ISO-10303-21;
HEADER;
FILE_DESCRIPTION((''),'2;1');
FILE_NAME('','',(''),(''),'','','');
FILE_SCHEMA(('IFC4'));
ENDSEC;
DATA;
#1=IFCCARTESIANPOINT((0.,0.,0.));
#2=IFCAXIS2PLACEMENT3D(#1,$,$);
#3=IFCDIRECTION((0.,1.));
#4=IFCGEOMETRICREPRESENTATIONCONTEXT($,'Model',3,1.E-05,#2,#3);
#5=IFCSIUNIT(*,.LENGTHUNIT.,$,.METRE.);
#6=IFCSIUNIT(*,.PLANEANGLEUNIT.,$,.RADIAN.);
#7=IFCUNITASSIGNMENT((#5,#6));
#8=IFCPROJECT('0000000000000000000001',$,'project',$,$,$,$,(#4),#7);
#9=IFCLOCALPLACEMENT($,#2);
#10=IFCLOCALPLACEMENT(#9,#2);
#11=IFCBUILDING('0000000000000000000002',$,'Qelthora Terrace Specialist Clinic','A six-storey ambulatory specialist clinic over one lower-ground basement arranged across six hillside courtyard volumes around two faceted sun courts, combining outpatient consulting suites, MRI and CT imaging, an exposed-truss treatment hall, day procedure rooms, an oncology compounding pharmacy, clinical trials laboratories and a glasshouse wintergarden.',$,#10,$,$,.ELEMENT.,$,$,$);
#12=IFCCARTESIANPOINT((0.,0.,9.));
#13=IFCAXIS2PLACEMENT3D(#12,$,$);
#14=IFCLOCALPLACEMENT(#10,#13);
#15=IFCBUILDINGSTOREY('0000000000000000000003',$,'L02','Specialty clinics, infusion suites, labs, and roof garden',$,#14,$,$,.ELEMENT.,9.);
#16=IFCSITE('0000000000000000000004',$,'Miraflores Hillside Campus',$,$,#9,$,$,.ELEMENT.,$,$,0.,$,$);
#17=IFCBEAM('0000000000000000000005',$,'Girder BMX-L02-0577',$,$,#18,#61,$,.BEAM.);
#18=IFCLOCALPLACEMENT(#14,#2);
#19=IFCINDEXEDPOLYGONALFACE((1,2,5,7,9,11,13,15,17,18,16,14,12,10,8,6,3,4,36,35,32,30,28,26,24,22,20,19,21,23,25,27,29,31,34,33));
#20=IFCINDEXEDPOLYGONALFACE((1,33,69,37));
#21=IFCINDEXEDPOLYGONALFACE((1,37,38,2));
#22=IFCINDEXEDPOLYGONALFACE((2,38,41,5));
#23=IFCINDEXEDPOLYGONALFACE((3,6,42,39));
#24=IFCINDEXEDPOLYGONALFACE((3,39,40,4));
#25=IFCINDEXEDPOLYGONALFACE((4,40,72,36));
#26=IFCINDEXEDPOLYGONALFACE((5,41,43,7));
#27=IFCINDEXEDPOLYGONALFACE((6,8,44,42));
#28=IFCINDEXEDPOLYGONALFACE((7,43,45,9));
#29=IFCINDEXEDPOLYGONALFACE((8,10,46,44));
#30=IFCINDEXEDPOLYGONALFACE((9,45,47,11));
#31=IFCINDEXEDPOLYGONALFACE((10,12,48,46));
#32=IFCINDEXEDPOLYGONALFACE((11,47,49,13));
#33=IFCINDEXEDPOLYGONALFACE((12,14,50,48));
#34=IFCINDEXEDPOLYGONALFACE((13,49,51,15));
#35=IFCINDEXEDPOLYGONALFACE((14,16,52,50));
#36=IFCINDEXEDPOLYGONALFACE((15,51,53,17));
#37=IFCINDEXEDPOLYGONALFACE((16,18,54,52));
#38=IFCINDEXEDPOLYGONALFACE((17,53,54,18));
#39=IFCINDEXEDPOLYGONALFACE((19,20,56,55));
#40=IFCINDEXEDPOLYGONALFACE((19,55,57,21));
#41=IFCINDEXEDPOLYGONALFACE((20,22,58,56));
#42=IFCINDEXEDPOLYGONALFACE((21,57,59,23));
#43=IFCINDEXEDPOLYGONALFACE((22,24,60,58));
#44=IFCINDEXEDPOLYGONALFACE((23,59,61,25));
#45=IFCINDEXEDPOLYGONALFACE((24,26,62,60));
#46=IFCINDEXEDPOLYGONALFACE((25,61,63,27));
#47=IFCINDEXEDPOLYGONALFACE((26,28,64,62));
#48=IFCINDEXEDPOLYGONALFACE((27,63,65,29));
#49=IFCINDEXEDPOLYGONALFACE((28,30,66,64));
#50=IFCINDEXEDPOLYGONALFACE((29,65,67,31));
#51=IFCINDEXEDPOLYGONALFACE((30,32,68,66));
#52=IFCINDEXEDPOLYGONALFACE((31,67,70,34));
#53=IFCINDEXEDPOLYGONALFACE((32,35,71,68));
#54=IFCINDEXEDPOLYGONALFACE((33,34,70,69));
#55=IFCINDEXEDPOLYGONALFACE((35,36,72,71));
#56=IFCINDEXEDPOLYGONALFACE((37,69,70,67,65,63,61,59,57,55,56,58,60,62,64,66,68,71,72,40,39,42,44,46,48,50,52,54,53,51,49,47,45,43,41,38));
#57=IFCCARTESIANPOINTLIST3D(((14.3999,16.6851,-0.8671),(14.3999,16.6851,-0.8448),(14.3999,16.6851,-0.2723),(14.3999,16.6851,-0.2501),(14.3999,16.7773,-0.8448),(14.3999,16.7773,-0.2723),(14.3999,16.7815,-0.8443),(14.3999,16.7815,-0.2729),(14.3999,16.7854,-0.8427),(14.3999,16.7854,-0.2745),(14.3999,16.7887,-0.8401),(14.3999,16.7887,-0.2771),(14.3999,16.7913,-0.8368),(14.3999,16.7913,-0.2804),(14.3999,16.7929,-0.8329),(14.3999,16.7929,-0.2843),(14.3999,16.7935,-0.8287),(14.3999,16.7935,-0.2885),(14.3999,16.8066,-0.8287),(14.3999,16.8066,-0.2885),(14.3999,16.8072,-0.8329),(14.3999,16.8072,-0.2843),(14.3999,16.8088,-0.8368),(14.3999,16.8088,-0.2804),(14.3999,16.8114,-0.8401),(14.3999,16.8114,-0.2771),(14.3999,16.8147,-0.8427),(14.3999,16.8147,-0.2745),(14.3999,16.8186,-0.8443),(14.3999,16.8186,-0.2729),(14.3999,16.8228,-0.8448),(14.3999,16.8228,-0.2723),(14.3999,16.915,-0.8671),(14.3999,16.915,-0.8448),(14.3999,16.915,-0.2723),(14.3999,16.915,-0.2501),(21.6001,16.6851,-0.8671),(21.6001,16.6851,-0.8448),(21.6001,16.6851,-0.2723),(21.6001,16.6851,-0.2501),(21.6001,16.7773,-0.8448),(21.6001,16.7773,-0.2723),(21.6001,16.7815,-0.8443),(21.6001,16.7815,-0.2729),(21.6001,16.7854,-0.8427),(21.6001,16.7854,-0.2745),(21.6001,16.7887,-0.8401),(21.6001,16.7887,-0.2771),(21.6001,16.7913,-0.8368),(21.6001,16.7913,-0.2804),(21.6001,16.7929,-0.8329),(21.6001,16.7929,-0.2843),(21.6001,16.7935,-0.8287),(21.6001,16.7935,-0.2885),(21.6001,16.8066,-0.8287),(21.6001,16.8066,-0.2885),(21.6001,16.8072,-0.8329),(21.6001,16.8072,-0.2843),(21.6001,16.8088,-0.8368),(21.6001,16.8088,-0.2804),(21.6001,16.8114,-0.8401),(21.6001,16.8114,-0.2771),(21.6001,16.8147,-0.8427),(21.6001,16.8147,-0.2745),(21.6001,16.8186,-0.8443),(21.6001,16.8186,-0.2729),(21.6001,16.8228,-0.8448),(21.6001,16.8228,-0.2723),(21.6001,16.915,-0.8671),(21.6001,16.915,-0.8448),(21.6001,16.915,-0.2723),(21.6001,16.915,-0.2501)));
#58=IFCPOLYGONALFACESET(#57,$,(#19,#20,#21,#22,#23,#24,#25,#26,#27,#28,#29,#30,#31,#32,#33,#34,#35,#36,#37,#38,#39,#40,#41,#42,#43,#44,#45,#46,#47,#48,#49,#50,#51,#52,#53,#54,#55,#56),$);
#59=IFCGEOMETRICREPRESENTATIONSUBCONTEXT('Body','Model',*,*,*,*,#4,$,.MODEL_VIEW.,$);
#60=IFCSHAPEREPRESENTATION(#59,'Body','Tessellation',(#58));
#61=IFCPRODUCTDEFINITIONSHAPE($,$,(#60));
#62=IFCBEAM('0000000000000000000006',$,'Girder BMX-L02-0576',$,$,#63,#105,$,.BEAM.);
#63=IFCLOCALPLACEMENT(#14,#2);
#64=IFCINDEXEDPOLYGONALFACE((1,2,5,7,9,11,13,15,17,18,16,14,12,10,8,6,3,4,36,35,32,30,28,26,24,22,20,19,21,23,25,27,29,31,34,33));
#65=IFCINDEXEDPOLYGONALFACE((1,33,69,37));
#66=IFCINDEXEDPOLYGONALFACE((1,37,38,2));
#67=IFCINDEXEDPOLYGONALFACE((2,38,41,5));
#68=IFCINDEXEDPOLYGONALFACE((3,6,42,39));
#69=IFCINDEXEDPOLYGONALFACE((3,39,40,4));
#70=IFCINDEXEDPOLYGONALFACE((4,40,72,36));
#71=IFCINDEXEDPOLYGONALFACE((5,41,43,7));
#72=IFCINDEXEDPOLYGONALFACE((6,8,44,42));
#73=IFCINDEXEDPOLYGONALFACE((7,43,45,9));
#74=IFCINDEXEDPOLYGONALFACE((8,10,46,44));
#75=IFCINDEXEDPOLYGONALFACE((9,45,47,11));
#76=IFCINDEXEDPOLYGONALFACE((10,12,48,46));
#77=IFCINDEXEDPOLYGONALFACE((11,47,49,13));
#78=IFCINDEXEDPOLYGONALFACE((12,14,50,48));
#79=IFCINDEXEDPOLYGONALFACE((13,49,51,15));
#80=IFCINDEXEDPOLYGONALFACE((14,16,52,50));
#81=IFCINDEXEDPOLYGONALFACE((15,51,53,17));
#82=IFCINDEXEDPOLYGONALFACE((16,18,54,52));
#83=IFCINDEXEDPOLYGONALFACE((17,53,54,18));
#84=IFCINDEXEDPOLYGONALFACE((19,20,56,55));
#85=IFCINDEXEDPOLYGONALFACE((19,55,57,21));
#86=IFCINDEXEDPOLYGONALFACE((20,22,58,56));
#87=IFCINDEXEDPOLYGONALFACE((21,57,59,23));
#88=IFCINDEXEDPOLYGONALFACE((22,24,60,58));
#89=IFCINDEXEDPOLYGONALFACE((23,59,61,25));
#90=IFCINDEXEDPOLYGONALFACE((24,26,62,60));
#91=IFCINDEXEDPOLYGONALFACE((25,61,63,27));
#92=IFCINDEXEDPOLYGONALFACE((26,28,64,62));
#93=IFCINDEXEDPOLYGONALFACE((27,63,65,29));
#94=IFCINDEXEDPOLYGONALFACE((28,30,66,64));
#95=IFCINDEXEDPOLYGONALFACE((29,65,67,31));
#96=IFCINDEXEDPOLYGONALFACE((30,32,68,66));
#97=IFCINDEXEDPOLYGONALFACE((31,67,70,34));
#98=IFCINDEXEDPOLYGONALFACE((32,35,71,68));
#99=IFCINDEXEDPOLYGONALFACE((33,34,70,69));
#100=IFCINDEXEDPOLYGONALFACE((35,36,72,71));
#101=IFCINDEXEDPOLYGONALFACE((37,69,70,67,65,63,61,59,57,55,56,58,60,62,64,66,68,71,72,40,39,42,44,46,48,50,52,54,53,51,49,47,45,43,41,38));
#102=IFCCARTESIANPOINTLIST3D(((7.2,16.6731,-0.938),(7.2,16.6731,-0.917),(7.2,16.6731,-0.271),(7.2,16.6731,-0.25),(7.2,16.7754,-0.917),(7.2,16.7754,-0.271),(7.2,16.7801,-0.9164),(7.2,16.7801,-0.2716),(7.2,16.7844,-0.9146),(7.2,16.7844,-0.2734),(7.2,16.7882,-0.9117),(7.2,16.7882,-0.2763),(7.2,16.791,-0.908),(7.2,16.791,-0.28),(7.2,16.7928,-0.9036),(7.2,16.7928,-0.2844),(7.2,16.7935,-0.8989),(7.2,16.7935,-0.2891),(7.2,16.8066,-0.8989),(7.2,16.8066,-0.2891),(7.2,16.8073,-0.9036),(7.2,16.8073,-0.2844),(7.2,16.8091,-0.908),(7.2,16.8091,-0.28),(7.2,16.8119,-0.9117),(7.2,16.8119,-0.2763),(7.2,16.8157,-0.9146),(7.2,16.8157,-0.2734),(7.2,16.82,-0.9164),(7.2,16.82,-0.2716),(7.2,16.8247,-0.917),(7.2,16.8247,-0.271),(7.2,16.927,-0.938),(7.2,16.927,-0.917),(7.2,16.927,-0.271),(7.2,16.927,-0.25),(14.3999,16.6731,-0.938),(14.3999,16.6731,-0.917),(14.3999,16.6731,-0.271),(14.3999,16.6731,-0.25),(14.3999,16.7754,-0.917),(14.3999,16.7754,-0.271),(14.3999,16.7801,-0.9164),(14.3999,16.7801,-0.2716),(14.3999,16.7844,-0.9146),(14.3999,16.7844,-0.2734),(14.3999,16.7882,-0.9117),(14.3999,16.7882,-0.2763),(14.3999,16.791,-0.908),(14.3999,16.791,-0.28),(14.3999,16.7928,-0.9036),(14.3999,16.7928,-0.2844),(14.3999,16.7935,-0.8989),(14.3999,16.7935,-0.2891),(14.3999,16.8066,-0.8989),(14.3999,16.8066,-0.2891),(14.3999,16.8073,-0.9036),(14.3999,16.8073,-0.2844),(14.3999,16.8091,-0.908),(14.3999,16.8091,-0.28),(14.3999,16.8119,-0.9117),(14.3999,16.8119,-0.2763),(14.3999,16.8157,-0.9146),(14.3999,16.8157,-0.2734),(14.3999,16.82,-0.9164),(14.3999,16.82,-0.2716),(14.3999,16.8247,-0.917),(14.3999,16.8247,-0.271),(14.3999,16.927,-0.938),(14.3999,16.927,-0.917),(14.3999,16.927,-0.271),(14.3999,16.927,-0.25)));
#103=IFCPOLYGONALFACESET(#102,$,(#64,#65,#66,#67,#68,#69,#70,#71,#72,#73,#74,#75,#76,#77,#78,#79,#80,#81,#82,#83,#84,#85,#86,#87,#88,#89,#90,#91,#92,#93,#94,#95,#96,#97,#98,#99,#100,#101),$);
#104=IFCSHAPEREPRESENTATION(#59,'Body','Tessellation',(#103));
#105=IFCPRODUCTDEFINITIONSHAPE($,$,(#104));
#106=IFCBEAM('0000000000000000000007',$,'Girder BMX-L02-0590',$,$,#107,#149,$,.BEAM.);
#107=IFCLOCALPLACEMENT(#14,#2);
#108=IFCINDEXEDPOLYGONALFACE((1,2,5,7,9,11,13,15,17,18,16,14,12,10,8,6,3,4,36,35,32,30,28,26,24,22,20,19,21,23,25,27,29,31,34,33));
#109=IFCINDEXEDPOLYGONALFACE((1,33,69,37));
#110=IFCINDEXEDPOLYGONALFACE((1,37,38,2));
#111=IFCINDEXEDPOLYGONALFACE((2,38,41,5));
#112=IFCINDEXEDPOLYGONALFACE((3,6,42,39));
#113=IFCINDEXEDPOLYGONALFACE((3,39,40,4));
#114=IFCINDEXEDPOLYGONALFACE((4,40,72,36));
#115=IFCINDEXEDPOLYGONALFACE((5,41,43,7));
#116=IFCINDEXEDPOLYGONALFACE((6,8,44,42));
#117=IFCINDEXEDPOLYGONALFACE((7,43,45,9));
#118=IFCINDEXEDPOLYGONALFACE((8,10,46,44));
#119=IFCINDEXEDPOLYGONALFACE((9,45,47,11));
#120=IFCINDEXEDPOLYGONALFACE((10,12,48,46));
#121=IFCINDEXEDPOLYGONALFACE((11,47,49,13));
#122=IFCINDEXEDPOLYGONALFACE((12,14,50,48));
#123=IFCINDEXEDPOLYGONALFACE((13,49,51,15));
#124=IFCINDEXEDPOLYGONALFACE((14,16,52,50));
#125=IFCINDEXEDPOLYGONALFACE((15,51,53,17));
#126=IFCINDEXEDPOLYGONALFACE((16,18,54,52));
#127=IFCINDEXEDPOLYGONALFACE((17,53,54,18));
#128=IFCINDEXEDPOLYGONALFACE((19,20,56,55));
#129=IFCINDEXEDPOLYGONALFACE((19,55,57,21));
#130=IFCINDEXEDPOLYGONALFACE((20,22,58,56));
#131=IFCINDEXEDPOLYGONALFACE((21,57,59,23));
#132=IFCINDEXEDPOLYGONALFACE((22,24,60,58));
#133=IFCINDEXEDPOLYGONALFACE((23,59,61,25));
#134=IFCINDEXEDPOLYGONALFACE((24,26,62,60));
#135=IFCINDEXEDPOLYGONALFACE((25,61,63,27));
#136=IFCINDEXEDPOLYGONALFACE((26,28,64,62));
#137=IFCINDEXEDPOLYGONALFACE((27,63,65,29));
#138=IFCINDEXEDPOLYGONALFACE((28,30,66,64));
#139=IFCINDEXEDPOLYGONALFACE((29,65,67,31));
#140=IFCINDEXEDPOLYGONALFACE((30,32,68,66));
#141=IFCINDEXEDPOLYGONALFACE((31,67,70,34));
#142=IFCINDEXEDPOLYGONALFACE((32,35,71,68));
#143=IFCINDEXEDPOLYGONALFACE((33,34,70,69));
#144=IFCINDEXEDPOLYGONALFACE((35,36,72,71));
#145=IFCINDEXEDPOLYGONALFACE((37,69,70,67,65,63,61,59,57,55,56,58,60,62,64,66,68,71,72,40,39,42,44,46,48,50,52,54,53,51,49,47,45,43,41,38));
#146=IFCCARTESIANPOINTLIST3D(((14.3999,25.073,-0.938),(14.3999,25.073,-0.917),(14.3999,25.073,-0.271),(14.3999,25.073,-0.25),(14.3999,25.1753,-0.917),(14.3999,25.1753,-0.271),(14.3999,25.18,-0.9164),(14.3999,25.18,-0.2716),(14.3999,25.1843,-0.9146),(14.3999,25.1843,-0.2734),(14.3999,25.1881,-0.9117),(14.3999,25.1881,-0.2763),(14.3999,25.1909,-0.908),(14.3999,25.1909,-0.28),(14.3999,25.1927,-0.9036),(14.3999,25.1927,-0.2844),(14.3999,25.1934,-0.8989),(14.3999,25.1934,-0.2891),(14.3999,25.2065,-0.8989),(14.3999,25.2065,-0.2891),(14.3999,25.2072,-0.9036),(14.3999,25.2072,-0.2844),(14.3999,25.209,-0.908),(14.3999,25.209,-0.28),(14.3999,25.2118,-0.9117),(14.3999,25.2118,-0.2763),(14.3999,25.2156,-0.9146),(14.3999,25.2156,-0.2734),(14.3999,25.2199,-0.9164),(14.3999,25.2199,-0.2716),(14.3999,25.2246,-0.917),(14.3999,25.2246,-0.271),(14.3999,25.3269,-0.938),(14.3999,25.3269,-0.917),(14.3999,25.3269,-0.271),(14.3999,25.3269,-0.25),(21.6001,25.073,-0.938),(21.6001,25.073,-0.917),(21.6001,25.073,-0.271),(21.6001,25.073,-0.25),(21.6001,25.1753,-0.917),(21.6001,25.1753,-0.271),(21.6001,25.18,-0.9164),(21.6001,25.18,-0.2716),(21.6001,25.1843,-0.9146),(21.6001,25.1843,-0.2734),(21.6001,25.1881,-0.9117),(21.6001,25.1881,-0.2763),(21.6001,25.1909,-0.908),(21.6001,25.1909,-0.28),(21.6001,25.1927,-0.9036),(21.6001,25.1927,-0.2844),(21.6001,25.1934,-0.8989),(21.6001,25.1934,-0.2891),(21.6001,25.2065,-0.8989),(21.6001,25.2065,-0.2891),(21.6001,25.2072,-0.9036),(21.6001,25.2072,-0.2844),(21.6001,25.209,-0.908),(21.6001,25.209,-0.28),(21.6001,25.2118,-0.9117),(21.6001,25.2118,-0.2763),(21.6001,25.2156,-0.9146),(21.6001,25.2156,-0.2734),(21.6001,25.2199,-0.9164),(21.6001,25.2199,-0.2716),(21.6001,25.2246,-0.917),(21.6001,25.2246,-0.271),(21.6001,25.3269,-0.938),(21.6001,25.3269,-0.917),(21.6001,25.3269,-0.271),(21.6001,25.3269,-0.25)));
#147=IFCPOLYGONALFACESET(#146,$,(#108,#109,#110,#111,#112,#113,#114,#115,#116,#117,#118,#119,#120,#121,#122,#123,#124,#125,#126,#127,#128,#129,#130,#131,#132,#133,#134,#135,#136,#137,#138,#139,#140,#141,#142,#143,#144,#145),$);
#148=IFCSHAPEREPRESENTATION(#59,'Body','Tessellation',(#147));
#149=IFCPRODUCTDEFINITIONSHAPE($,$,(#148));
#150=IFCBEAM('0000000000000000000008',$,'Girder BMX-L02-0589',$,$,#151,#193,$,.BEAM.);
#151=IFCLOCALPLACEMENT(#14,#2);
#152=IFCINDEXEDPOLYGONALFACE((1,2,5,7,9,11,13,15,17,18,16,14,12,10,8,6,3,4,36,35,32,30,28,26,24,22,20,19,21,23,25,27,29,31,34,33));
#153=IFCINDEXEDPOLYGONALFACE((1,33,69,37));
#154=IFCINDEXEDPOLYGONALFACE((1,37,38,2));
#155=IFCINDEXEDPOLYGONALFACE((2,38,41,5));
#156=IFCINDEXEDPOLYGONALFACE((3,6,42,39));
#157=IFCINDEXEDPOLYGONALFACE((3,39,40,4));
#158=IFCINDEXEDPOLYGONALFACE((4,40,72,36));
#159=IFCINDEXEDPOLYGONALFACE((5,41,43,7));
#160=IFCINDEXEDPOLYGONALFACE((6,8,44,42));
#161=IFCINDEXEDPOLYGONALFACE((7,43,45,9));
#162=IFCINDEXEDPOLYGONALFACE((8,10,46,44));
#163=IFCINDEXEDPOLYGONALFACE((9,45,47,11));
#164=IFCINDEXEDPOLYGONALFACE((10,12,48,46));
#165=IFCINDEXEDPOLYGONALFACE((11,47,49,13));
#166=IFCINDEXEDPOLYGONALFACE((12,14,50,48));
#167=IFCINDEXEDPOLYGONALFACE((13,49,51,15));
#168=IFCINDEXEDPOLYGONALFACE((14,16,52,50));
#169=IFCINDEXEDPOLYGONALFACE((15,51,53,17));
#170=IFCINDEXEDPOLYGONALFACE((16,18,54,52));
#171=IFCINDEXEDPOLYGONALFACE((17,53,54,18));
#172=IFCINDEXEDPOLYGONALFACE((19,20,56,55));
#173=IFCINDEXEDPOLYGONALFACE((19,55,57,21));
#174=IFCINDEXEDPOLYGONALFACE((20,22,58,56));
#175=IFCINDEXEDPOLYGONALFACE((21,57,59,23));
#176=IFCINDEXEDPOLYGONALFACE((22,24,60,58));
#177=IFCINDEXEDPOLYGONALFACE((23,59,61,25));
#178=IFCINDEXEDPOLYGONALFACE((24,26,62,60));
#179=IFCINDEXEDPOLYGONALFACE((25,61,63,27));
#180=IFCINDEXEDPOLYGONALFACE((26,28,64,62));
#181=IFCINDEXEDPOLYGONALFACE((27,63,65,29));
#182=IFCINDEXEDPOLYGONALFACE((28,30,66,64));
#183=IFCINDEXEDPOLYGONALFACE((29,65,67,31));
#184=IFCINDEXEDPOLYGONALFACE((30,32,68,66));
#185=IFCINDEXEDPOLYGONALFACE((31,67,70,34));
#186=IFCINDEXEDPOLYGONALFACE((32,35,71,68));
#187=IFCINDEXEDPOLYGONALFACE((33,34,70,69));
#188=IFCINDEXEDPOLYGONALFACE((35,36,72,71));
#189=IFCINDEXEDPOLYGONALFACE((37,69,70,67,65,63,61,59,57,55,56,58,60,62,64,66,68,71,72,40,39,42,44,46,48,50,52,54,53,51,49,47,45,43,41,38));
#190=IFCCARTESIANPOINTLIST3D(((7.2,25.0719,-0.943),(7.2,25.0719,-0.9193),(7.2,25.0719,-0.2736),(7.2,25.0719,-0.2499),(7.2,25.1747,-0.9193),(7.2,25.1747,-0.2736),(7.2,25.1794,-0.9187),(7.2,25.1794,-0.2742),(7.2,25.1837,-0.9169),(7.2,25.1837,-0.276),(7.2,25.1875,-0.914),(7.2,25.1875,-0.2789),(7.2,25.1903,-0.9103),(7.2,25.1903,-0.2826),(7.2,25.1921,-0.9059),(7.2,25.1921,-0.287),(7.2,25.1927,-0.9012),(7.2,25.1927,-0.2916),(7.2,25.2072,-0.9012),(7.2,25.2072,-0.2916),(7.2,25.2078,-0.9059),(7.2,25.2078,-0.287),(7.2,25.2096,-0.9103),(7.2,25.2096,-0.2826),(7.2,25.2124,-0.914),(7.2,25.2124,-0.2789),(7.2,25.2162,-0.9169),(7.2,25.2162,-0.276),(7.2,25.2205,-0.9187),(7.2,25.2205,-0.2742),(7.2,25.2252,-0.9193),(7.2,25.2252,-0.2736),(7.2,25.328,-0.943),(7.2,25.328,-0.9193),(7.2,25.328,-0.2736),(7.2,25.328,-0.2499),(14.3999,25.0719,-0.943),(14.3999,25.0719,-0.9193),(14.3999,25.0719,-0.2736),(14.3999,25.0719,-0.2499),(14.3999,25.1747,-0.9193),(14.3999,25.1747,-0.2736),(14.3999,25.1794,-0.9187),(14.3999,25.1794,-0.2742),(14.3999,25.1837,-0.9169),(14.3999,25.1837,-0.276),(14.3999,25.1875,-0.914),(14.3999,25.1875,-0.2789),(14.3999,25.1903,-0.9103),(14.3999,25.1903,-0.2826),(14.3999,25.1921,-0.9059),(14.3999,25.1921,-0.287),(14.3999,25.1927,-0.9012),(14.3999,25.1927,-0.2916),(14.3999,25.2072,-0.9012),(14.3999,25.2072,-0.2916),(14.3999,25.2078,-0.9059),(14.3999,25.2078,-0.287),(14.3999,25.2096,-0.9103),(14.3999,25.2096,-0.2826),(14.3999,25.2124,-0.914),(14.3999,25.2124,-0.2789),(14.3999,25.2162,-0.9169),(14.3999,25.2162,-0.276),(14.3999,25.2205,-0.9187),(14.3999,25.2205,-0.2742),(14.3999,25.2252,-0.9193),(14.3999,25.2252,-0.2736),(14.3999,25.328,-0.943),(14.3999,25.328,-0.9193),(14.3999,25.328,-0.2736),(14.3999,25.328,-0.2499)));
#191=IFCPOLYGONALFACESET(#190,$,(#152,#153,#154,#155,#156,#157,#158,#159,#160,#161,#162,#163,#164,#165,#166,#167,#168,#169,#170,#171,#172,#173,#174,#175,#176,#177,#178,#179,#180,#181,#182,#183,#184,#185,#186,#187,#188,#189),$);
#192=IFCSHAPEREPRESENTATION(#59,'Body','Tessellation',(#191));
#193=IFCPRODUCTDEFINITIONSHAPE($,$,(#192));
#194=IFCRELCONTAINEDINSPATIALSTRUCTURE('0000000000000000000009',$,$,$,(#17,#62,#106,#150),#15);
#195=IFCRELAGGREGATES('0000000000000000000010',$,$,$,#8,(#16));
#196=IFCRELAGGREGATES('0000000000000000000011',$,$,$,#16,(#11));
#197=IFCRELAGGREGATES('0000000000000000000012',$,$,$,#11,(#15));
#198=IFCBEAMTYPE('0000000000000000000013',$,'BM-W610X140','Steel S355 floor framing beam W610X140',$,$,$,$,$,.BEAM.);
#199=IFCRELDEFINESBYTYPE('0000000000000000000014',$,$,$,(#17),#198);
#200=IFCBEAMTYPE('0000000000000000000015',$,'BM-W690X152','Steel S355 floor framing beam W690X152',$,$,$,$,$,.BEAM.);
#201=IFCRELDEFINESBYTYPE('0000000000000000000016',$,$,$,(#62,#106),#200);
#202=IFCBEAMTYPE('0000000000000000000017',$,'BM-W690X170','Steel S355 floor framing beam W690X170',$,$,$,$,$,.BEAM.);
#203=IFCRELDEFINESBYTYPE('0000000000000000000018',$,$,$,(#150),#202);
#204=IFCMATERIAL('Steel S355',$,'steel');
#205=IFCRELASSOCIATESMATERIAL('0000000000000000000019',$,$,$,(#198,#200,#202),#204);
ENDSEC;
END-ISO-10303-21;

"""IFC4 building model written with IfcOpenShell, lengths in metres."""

from ifc_helpers import new_model, si_unit, direction, frame, origin, origin_2d, place, context, subcontext, project, spatial, i_section, extrude, material, material_profile, profile_set, type_object, element, save


model = new_model("IFC4")

# Units and contexts
model_context = context("Model", 3, precision=1e-05, world=origin(), true_north=direction((0.0, 1.0)))
body_context = subcontext(model_context, "Body", "Model", "MODEL_VIEW")
ifc_project = project(units=[si_unit("LENGTHUNIT", "METRE"), si_unit("PLANEANGLEUNIT", "RADIAN")], contexts=[model_context])

# Site, building, storey
site_placement = place(None, origin())
site = spatial("IfcSite", under=ifc_project, at=site_placement, Name="Miraflores Hillside Campus", CompositionType="ELEMENT", RefElevation=0.0)
building_placement = place(site_placement, origin())
building = spatial("IfcBuilding", under=site, at=building_placement, Name="Qelthora Terrace Specialist Clinic", Description="A six-storey ambulatory specialist clinic over one lower-ground basement arranged across six hillside courtyard volumes around two faceted sun courts, combining outpatient consulting suites, MRI and CT imaging, an exposed-truss treatment hall, day procedure rooms, an oncology compounding pharmacy, clinical trials laboratories and a glasshouse wintergarden.", CompositionType="ELEMENT")
storey_placement = place(building_placement, frame((0.0, 0.0, 9.0)))
storey = spatial("IfcBuildingStorey", under=building, at=storey_placement, Name="L02", Description="Specialty clinics, infusion suites, labs, and roof garden", CompositionType="ELEMENT", Elevation=9.0)

# Beams
ifc_material_1 = material(Name="Steel S355", Category="steel")
ifc_material_profile_1 = material_profile(ifc_material_1, i_section(OverallWidth=0.23, OverallDepth=0.6169, WebThickness=0.0132, FlangeThickness=0.0222, FilletRadius=0.0161, at=origin_2d()), Name="W610X140")
ifc_profile_set_1 = profile_set([ifc_material_profile_1], Name="Steel S355")
beam_type_1 = type_object("IfcBeamType", Name="BM-W610X140", Description="Steel S355 floor framing beam W610X140", PredefinedType="BEAM", material=ifc_profile_set_1)
beam_1_placement = place(storey_placement, frame((14.3999, 16.8, -0.5586), z_axis=(1.0, 0.0, 0.0), x_axis=(0.0, 1.0, 0.0)))
element("IfcBeam", 1, at=beam_1_placement, inside=storey, type_object=beam_type_1, Name="Girder BMX-L02-0577", PredefinedType="BEAM", context=body_context, shape_type="SweptSolid", body=[
    extrude(i_section(OverallWidth=0.23, OverallDepth=0.6169, WebThickness=0.0132, FlangeThickness=0.0222, FilletRadius=0.0161, at=origin_2d()), origin(), (0.0, 0.0, 1.0), 7.2002),
])
ifc_material_profile_2 = material_profile(ifc_material_1, i_section(OverallWidth=0.2539, OverallDepth=0.688, WebThickness=0.0132, FlangeThickness=0.021, FilletRadius=0.0181, at=origin_2d()), Name="W690X152")
ifc_profile_set_2 = profile_set([ifc_material_profile_2], Name="Steel S355")
beam_type_2 = type_object("IfcBeamType", Name="BM-W690X152", Description="Steel S355 floor framing beam W690X152", PredefinedType="BEAM", material=ifc_profile_set_2)
beam_2_placement = place(storey_placement, frame((7.2, 16.8, -0.594), z_axis=(1.0, 0.0, 0.0), x_axis=(0.0, 1.0, 0.0)))
element("IfcBeam", 2, at=beam_2_placement, inside=storey, type_object=beam_type_2, Name="Girder BMX-L02-0576", PredefinedType="BEAM", context=body_context, shape_type="SweptSolid", body=[
    extrude(i_section(OverallWidth=0.2539, OverallDepth=0.688, WebThickness=0.0132, FlangeThickness=0.021, FilletRadius=0.0181, at=origin_2d()), origin(), (0.0, 0.0, 1.0), 7.2),
])
beam_3_placement = place(storey_placement, frame((14.3999, 25.2, -0.594), z_axis=(1.0, 0.0, 0.0), x_axis=(0.0, 1.0, 0.0)))
element("IfcBeam", 3, at=beam_3_placement, inside=storey, type_object=beam_type_2, Name="Girder BMX-L02-0590", PredefinedType="BEAM", context=body_context, shape_type="SweptSolid", body=[
    extrude(i_section(OverallWidth=0.2539, OverallDepth=0.688, WebThickness=0.0132, FlangeThickness=0.021, FilletRadius=0.0181, at=origin_2d()), origin(), (0.0, 0.0, 1.0), 7.2002),
])
ifc_material_profile_3 = material_profile(ifc_material_1, i_section(OverallWidth=0.2561, OverallDepth=0.6931, WebThickness=0.0144, FlangeThickness=0.0237, FilletRadius=0.0181, at=origin_2d()), Name="W690X170")
ifc_profile_set_3 = profile_set([ifc_material_profile_3], Name="Steel S355")
beam_type_3 = type_object("IfcBeamType", Name="BM-W690X170", Description="Steel S355 floor framing beam W690X170", PredefinedType="BEAM", material=ifc_profile_set_3)
beam_4_placement = place(storey_placement, frame((7.2, 25.2, -0.5964), z_axis=(1.0, 0.0, 0.0), x_axis=(0.0, 1.0, 0.0)))
element("IfcBeam", 4, at=beam_4_placement, inside=storey, type_object=beam_type_3, Name="Girder BMX-L02-0589", PredefinedType="BEAM", context=body_context, shape_type="SweptSolid", body=[
    extrude(i_section(OverallWidth=0.2561, OverallDepth=0.6931, WebThickness=0.0144, FlangeThickness=0.0237, FilletRadius=0.0181, at=origin_2d()), origin(), (0.0, 0.0, 1.0), 7.2),
])

save(model, "model.ifc")
